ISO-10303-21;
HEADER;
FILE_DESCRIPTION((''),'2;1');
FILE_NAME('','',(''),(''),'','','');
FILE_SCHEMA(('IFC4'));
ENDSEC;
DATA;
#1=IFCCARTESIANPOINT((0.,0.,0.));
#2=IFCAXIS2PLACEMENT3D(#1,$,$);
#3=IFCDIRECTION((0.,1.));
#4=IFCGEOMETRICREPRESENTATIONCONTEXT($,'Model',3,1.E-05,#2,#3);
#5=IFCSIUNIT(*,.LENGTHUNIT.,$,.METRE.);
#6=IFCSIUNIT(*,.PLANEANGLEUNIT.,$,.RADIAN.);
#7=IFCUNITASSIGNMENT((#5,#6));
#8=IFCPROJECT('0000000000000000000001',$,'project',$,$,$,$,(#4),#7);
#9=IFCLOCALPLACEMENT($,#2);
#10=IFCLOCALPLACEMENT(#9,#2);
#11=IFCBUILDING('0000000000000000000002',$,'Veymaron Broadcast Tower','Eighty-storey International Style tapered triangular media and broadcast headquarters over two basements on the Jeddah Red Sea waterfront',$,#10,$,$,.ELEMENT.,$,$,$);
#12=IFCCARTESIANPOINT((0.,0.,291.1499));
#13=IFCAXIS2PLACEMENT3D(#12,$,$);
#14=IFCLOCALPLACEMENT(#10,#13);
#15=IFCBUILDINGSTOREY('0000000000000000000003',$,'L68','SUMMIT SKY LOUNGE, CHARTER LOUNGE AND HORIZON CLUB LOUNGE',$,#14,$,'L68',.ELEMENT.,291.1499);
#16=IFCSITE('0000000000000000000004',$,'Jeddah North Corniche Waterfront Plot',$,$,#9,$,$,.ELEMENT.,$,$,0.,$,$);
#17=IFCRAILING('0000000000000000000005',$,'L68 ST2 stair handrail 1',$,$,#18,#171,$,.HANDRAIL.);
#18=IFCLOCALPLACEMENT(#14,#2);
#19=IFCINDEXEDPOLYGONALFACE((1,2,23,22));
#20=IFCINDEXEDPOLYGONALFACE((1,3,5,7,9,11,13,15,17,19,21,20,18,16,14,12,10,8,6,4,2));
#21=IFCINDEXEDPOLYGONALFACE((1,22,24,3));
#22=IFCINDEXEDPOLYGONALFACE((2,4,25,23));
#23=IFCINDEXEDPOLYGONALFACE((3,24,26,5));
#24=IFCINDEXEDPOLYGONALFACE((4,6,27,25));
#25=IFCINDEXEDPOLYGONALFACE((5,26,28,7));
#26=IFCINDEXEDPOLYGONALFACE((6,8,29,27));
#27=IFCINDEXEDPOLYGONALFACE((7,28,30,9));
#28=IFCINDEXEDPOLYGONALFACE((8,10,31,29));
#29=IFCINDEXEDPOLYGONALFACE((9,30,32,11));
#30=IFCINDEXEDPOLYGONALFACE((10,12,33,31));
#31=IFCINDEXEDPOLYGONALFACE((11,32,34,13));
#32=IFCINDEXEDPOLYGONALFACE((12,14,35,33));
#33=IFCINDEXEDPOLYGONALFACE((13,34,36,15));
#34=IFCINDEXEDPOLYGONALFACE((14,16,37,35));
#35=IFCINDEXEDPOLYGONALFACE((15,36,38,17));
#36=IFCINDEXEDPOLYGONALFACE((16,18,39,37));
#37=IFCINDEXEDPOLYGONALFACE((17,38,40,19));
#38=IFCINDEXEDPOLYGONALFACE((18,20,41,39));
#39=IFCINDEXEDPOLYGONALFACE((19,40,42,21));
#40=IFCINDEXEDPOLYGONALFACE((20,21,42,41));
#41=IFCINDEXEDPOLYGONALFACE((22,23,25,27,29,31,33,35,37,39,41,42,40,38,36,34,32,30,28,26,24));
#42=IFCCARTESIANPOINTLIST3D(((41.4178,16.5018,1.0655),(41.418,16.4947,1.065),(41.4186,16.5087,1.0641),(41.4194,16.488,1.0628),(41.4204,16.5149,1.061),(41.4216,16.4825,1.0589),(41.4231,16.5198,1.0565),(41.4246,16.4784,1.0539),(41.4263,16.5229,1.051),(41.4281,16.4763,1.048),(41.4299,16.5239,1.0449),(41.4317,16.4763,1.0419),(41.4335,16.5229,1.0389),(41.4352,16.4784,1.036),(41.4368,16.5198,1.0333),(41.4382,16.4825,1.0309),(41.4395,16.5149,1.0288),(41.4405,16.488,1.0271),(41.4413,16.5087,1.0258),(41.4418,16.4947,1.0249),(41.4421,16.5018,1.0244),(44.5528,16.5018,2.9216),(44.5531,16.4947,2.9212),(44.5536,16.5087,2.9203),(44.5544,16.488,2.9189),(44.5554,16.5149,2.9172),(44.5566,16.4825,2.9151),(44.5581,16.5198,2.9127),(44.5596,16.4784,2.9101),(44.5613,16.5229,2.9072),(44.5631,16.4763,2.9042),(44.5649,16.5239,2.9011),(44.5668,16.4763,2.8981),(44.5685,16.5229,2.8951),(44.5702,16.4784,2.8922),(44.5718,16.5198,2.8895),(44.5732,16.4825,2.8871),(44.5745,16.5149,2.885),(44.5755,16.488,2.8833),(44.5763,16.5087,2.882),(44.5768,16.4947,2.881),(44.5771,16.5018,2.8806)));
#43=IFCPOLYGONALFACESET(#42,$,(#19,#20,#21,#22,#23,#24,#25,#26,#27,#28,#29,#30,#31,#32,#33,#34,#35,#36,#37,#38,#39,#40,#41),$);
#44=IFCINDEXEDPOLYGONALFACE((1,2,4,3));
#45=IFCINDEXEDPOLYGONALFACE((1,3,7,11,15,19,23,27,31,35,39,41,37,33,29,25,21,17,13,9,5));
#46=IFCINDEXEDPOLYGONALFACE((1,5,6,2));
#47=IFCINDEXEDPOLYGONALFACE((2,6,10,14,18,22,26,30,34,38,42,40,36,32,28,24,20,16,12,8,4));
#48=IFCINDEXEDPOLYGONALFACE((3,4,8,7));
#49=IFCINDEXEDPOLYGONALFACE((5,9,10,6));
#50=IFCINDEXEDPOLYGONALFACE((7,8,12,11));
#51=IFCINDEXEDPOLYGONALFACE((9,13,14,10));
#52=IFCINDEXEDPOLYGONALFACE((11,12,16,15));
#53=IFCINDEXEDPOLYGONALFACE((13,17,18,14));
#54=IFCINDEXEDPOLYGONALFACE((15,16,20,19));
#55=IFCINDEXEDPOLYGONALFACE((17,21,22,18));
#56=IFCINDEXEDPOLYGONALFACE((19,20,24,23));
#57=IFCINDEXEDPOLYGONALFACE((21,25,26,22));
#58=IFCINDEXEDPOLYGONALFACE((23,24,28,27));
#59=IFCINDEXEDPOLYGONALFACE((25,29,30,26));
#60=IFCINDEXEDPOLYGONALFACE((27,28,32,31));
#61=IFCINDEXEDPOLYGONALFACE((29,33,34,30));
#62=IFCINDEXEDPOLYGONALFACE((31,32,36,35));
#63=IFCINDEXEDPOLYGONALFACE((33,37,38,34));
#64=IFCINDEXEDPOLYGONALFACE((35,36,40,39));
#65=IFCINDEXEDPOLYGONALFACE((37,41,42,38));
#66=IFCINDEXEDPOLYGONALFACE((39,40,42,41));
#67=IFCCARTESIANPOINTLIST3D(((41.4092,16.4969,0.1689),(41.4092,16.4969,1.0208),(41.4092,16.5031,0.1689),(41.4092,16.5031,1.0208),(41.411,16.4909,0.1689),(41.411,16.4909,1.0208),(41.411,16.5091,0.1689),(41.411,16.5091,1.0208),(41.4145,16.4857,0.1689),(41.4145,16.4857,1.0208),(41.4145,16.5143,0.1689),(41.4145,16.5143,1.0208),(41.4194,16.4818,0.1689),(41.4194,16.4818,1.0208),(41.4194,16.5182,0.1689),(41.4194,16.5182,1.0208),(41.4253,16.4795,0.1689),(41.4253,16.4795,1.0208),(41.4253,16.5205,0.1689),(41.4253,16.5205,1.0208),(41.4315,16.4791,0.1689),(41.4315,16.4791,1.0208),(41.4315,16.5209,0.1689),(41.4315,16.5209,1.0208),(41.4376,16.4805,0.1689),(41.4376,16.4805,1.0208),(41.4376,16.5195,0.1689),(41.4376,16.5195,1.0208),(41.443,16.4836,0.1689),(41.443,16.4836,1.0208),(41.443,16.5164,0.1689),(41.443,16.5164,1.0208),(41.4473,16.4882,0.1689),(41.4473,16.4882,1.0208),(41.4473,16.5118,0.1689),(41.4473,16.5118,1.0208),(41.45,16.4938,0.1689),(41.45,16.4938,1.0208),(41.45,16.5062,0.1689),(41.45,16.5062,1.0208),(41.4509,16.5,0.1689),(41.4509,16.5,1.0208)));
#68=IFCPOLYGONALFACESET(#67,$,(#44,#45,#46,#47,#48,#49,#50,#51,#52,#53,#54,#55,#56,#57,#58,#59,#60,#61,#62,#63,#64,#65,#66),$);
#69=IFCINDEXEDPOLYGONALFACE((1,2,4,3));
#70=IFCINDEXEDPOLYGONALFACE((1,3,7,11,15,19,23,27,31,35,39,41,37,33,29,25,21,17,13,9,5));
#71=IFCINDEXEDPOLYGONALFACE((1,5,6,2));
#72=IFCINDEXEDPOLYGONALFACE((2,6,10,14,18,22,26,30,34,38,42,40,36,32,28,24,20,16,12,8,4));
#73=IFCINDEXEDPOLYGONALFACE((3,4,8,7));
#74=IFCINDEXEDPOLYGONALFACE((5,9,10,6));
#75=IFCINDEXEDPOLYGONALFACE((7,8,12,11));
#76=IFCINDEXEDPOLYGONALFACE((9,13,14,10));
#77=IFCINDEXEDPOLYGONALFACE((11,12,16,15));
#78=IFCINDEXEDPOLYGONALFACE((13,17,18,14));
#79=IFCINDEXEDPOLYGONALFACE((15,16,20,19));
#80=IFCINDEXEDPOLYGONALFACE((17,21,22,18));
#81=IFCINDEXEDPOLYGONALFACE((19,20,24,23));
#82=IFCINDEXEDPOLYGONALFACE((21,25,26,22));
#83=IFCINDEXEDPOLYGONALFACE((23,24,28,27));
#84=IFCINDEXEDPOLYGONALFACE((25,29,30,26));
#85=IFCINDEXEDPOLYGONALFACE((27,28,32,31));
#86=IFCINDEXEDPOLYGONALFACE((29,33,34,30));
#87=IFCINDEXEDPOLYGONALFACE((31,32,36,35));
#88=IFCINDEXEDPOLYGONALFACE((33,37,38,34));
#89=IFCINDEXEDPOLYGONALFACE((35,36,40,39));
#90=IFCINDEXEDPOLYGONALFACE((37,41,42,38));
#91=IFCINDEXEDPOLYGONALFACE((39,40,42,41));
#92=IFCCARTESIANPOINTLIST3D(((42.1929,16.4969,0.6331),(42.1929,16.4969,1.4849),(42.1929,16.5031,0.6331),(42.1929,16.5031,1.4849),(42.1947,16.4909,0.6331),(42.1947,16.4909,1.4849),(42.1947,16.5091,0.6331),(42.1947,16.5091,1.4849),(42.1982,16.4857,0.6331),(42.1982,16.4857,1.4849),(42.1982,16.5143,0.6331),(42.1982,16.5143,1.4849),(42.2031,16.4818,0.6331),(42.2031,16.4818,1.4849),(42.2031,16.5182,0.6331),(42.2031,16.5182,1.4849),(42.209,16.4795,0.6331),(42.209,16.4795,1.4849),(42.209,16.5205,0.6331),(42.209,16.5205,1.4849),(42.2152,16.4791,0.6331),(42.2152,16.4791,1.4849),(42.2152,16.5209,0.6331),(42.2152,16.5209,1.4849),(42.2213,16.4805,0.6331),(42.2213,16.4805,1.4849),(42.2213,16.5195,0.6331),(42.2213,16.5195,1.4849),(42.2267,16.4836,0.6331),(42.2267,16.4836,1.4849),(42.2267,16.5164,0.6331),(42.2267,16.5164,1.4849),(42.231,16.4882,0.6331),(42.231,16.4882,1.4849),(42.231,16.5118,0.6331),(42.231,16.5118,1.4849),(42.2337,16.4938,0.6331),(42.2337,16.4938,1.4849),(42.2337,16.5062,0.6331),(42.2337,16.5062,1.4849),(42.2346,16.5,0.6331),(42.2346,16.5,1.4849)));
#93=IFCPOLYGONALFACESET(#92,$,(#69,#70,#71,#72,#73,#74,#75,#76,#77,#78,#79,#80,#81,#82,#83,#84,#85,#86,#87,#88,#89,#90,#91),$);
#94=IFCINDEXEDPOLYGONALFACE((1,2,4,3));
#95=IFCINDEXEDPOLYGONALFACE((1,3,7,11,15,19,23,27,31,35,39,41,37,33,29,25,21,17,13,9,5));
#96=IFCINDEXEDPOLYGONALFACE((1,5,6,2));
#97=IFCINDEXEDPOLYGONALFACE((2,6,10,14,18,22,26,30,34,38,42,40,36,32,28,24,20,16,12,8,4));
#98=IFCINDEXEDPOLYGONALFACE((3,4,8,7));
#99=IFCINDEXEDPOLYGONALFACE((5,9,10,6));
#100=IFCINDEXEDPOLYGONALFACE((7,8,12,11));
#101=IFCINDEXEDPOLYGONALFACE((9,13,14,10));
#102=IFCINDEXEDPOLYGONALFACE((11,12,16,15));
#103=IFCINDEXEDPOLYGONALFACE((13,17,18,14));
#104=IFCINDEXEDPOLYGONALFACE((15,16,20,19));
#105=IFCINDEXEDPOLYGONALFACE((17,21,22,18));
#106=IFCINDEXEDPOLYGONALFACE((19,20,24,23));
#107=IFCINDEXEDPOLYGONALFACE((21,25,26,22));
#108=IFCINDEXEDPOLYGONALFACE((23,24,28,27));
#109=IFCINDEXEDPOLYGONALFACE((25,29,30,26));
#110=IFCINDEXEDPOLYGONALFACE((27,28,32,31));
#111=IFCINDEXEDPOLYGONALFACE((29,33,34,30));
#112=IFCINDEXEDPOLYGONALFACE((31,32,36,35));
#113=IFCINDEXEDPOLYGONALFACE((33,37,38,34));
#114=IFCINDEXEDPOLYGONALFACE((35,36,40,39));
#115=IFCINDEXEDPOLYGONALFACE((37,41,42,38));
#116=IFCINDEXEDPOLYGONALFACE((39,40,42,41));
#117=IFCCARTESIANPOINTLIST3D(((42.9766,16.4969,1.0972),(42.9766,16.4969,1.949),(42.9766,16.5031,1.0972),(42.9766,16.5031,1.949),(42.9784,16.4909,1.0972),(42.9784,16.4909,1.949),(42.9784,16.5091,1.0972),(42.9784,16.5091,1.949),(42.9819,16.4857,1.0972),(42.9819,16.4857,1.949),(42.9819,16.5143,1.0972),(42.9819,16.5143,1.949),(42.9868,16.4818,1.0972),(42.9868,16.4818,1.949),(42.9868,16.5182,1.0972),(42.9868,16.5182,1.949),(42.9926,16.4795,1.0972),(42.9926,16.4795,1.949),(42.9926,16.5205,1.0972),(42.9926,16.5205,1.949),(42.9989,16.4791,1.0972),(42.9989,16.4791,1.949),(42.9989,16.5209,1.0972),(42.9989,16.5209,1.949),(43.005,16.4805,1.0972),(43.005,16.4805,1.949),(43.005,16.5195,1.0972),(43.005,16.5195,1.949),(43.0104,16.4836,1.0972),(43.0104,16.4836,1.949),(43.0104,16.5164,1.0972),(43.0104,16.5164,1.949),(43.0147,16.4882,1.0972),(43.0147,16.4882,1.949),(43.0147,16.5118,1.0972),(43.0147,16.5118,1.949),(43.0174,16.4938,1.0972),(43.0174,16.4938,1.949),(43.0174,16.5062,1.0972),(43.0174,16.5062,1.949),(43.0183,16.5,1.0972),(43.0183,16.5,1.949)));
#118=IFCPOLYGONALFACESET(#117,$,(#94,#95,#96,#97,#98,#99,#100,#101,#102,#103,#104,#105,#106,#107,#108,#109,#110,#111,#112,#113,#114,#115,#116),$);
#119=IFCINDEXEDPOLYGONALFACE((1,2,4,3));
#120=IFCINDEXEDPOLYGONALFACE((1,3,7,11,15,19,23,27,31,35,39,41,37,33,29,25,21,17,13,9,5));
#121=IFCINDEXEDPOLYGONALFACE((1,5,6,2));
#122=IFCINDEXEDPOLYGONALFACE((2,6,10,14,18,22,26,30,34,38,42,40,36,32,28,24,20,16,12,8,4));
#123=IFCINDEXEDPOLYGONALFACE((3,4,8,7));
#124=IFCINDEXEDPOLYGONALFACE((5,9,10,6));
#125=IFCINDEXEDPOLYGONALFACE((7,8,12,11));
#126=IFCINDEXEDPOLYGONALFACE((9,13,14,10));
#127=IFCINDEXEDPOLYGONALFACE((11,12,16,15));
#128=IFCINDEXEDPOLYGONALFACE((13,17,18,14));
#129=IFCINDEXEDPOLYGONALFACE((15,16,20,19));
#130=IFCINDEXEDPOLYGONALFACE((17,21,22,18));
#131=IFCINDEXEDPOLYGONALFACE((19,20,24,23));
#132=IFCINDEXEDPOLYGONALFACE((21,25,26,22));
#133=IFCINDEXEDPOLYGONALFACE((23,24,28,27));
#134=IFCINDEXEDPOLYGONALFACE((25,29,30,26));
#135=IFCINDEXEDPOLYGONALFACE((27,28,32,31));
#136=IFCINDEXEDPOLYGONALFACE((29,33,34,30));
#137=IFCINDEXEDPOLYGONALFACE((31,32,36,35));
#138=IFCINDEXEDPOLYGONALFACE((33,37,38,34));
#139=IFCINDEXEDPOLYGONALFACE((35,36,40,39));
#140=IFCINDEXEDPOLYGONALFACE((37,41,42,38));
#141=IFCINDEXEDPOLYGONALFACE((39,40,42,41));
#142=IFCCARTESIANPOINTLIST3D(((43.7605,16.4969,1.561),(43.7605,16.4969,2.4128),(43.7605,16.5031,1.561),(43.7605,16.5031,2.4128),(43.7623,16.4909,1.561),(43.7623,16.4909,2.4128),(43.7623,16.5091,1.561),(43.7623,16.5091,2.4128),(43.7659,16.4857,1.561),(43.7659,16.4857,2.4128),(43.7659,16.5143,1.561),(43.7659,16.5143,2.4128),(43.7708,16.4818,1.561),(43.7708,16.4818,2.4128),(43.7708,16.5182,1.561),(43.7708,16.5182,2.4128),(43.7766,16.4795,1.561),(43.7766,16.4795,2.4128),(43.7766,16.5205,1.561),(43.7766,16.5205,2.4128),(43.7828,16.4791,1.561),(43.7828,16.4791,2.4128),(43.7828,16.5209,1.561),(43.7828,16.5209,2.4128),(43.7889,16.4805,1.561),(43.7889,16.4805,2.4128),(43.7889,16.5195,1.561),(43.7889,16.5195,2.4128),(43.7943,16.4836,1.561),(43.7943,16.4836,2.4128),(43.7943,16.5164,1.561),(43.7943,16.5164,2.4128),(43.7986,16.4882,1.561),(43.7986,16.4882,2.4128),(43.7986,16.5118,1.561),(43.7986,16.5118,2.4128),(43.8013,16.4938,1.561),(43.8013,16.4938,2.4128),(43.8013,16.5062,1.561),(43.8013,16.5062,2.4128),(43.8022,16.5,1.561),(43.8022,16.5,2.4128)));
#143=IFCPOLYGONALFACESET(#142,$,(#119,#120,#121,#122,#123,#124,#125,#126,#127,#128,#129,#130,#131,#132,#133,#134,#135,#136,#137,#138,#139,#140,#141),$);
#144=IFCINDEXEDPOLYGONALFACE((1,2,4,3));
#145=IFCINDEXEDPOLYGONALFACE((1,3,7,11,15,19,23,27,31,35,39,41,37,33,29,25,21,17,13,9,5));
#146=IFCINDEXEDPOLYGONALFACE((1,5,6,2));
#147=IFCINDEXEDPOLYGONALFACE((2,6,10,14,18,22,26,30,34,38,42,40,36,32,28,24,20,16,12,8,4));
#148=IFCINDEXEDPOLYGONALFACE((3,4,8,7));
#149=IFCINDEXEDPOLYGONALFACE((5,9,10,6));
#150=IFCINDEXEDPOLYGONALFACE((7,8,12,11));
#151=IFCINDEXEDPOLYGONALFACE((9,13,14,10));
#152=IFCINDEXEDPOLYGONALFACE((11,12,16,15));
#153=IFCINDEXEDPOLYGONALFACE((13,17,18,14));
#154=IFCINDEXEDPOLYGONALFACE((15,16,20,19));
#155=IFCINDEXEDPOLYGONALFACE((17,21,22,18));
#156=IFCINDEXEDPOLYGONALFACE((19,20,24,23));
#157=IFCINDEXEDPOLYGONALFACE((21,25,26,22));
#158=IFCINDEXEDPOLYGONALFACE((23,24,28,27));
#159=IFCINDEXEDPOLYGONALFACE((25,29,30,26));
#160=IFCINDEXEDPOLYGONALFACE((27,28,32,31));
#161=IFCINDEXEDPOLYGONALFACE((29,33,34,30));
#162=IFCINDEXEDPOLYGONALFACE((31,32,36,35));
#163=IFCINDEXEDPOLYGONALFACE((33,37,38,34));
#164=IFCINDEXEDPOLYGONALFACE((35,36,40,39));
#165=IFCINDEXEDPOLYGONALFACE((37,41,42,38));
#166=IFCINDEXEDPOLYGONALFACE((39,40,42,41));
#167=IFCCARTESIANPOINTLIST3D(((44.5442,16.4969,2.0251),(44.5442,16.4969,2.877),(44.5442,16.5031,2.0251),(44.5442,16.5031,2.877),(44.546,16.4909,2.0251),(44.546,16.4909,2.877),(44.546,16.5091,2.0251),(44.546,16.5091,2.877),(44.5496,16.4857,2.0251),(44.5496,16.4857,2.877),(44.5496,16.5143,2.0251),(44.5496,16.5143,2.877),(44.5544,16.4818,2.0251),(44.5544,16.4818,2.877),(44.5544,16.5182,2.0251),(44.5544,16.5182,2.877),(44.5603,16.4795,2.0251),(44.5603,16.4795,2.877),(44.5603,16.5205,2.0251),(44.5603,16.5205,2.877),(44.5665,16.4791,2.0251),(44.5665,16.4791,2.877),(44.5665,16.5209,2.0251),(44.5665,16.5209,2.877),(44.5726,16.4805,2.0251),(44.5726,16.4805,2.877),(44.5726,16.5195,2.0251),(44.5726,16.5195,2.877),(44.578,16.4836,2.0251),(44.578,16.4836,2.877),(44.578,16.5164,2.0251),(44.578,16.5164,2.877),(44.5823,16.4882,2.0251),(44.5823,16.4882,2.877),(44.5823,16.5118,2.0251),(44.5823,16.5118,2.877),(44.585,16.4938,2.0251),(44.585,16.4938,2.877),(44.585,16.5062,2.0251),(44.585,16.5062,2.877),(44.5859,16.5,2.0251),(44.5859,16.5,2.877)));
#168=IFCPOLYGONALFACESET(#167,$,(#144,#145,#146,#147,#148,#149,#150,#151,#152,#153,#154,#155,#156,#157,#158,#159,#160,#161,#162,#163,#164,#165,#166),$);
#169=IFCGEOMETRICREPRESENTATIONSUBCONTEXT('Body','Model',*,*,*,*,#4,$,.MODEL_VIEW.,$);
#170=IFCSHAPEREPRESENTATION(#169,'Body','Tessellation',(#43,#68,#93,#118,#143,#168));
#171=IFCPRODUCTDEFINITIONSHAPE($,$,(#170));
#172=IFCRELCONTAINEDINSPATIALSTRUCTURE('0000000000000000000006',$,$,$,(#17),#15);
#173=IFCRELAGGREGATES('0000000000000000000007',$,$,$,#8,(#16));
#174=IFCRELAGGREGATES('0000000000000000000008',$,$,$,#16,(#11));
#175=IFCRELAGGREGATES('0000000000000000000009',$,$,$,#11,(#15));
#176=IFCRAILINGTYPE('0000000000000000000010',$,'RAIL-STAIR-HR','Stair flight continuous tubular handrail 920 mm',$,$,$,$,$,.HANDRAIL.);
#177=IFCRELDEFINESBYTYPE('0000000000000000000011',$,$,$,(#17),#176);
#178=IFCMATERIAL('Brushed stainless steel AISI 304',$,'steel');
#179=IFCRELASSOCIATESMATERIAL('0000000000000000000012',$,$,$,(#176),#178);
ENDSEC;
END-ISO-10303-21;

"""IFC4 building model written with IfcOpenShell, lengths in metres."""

from ifc_helpers import new_model, si_unit, direction, frame, origin, origin_2d, place, context, subcontext, project, spatial, circle, extrude, material, type_object, element, save


model = new_model("IFC4")

# Units and contexts
model_context = context("Model", 3, precision=1e-05, world=origin(), true_north=direction((0.0, 1.0)))
body_context = subcontext(model_context, "Body", "Model", "MODEL_VIEW")
ifc_project = project(units=[si_unit("LENGTHUNIT", "METRE"), si_unit("PLANEANGLEUNIT", "RADIAN")], contexts=[model_context])

# Site, building, storey
site_placement = place(None, origin())
site = spatial("IfcSite", under=ifc_project, at=site_placement, Name="Jeddah North Corniche Waterfront Plot", CompositionType="ELEMENT", RefElevation=0.0)
building_placement = place(site_placement, origin())
building = spatial("IfcBuilding", under=site, at=building_placement, Name="Veymaron Broadcast Tower", Description="Eighty-storey International Style tapered triangular media and broadcast headquarters over two basements on the Jeddah Red Sea waterfront", CompositionType="ELEMENT")
storey_placement = place(building_placement, frame((0.0, 0.0, 291.1499)))
storey = spatial("IfcBuildingStorey", under=building, at=storey_placement, Name="L68", Description="SUMMIT SKY LOUNGE, CHARTER LOUNGE AND HORIZON CLUB LOUNGE", LongName="L68", CompositionType="ELEMENT", Elevation=291.1499)

# Railing
ifc_material_1 = material(Name="Brushed stainless steel AISI 304", Category="steel")
railing_type_1 = type_object("IfcRailingType", Name="RAIL-STAIR-HR", Description="Stair flight continuous tubular handrail 920 mm", PredefinedType="HANDRAIL", material=ifc_material_1)
railing_1_placement = place(storey_placement, frame((41.4299, 16.5, 0.1689)))
element("IfcRailing", 1, at=railing_1_placement, inside=storey, type_object=railing_type_1, Name="L68 ST2 stair handrail 1", PredefinedType="HANDRAIL", context=body_context, shape_type="SweptSolid", body=[
    extrude(circle(Radius=0.0239, at=origin_2d()), frame((0.0, 0.0, 0.876), z_axis=(0.860482, 0.0, 0.509481), x_axis=(0.0, 1.0, 0.0)), (0.0, 0.0, 1.0), 3.6433),
    extrude(circle(Radius=0.021, at=origin_2d()), origin(), (0.0, 0.0, 1.0), 0.8518),
    extrude(circle(Radius=0.021, at=origin_2d()), frame((0.7837, 0.0, 0.4641)), (0.0, 0.0, 1.0), 0.8518),
    extrude(circle(Radius=0.021, at=origin_2d()), frame((1.5674, 0.0, 0.9282)), (0.0, 0.0, 1.0), 0.8518),
    extrude(circle(Radius=0.021, at=origin_2d()), frame((2.3513, 0.0, 1.3921)), (0.0, 0.0, 1.0), 0.8518),
    extrude(circle(Radius=0.021, at=origin_2d()), frame((3.135, 0.0, 1.8562)), (0.0, 0.0, 1.0), 0.8518),
])

save(model, "model.ifc")
